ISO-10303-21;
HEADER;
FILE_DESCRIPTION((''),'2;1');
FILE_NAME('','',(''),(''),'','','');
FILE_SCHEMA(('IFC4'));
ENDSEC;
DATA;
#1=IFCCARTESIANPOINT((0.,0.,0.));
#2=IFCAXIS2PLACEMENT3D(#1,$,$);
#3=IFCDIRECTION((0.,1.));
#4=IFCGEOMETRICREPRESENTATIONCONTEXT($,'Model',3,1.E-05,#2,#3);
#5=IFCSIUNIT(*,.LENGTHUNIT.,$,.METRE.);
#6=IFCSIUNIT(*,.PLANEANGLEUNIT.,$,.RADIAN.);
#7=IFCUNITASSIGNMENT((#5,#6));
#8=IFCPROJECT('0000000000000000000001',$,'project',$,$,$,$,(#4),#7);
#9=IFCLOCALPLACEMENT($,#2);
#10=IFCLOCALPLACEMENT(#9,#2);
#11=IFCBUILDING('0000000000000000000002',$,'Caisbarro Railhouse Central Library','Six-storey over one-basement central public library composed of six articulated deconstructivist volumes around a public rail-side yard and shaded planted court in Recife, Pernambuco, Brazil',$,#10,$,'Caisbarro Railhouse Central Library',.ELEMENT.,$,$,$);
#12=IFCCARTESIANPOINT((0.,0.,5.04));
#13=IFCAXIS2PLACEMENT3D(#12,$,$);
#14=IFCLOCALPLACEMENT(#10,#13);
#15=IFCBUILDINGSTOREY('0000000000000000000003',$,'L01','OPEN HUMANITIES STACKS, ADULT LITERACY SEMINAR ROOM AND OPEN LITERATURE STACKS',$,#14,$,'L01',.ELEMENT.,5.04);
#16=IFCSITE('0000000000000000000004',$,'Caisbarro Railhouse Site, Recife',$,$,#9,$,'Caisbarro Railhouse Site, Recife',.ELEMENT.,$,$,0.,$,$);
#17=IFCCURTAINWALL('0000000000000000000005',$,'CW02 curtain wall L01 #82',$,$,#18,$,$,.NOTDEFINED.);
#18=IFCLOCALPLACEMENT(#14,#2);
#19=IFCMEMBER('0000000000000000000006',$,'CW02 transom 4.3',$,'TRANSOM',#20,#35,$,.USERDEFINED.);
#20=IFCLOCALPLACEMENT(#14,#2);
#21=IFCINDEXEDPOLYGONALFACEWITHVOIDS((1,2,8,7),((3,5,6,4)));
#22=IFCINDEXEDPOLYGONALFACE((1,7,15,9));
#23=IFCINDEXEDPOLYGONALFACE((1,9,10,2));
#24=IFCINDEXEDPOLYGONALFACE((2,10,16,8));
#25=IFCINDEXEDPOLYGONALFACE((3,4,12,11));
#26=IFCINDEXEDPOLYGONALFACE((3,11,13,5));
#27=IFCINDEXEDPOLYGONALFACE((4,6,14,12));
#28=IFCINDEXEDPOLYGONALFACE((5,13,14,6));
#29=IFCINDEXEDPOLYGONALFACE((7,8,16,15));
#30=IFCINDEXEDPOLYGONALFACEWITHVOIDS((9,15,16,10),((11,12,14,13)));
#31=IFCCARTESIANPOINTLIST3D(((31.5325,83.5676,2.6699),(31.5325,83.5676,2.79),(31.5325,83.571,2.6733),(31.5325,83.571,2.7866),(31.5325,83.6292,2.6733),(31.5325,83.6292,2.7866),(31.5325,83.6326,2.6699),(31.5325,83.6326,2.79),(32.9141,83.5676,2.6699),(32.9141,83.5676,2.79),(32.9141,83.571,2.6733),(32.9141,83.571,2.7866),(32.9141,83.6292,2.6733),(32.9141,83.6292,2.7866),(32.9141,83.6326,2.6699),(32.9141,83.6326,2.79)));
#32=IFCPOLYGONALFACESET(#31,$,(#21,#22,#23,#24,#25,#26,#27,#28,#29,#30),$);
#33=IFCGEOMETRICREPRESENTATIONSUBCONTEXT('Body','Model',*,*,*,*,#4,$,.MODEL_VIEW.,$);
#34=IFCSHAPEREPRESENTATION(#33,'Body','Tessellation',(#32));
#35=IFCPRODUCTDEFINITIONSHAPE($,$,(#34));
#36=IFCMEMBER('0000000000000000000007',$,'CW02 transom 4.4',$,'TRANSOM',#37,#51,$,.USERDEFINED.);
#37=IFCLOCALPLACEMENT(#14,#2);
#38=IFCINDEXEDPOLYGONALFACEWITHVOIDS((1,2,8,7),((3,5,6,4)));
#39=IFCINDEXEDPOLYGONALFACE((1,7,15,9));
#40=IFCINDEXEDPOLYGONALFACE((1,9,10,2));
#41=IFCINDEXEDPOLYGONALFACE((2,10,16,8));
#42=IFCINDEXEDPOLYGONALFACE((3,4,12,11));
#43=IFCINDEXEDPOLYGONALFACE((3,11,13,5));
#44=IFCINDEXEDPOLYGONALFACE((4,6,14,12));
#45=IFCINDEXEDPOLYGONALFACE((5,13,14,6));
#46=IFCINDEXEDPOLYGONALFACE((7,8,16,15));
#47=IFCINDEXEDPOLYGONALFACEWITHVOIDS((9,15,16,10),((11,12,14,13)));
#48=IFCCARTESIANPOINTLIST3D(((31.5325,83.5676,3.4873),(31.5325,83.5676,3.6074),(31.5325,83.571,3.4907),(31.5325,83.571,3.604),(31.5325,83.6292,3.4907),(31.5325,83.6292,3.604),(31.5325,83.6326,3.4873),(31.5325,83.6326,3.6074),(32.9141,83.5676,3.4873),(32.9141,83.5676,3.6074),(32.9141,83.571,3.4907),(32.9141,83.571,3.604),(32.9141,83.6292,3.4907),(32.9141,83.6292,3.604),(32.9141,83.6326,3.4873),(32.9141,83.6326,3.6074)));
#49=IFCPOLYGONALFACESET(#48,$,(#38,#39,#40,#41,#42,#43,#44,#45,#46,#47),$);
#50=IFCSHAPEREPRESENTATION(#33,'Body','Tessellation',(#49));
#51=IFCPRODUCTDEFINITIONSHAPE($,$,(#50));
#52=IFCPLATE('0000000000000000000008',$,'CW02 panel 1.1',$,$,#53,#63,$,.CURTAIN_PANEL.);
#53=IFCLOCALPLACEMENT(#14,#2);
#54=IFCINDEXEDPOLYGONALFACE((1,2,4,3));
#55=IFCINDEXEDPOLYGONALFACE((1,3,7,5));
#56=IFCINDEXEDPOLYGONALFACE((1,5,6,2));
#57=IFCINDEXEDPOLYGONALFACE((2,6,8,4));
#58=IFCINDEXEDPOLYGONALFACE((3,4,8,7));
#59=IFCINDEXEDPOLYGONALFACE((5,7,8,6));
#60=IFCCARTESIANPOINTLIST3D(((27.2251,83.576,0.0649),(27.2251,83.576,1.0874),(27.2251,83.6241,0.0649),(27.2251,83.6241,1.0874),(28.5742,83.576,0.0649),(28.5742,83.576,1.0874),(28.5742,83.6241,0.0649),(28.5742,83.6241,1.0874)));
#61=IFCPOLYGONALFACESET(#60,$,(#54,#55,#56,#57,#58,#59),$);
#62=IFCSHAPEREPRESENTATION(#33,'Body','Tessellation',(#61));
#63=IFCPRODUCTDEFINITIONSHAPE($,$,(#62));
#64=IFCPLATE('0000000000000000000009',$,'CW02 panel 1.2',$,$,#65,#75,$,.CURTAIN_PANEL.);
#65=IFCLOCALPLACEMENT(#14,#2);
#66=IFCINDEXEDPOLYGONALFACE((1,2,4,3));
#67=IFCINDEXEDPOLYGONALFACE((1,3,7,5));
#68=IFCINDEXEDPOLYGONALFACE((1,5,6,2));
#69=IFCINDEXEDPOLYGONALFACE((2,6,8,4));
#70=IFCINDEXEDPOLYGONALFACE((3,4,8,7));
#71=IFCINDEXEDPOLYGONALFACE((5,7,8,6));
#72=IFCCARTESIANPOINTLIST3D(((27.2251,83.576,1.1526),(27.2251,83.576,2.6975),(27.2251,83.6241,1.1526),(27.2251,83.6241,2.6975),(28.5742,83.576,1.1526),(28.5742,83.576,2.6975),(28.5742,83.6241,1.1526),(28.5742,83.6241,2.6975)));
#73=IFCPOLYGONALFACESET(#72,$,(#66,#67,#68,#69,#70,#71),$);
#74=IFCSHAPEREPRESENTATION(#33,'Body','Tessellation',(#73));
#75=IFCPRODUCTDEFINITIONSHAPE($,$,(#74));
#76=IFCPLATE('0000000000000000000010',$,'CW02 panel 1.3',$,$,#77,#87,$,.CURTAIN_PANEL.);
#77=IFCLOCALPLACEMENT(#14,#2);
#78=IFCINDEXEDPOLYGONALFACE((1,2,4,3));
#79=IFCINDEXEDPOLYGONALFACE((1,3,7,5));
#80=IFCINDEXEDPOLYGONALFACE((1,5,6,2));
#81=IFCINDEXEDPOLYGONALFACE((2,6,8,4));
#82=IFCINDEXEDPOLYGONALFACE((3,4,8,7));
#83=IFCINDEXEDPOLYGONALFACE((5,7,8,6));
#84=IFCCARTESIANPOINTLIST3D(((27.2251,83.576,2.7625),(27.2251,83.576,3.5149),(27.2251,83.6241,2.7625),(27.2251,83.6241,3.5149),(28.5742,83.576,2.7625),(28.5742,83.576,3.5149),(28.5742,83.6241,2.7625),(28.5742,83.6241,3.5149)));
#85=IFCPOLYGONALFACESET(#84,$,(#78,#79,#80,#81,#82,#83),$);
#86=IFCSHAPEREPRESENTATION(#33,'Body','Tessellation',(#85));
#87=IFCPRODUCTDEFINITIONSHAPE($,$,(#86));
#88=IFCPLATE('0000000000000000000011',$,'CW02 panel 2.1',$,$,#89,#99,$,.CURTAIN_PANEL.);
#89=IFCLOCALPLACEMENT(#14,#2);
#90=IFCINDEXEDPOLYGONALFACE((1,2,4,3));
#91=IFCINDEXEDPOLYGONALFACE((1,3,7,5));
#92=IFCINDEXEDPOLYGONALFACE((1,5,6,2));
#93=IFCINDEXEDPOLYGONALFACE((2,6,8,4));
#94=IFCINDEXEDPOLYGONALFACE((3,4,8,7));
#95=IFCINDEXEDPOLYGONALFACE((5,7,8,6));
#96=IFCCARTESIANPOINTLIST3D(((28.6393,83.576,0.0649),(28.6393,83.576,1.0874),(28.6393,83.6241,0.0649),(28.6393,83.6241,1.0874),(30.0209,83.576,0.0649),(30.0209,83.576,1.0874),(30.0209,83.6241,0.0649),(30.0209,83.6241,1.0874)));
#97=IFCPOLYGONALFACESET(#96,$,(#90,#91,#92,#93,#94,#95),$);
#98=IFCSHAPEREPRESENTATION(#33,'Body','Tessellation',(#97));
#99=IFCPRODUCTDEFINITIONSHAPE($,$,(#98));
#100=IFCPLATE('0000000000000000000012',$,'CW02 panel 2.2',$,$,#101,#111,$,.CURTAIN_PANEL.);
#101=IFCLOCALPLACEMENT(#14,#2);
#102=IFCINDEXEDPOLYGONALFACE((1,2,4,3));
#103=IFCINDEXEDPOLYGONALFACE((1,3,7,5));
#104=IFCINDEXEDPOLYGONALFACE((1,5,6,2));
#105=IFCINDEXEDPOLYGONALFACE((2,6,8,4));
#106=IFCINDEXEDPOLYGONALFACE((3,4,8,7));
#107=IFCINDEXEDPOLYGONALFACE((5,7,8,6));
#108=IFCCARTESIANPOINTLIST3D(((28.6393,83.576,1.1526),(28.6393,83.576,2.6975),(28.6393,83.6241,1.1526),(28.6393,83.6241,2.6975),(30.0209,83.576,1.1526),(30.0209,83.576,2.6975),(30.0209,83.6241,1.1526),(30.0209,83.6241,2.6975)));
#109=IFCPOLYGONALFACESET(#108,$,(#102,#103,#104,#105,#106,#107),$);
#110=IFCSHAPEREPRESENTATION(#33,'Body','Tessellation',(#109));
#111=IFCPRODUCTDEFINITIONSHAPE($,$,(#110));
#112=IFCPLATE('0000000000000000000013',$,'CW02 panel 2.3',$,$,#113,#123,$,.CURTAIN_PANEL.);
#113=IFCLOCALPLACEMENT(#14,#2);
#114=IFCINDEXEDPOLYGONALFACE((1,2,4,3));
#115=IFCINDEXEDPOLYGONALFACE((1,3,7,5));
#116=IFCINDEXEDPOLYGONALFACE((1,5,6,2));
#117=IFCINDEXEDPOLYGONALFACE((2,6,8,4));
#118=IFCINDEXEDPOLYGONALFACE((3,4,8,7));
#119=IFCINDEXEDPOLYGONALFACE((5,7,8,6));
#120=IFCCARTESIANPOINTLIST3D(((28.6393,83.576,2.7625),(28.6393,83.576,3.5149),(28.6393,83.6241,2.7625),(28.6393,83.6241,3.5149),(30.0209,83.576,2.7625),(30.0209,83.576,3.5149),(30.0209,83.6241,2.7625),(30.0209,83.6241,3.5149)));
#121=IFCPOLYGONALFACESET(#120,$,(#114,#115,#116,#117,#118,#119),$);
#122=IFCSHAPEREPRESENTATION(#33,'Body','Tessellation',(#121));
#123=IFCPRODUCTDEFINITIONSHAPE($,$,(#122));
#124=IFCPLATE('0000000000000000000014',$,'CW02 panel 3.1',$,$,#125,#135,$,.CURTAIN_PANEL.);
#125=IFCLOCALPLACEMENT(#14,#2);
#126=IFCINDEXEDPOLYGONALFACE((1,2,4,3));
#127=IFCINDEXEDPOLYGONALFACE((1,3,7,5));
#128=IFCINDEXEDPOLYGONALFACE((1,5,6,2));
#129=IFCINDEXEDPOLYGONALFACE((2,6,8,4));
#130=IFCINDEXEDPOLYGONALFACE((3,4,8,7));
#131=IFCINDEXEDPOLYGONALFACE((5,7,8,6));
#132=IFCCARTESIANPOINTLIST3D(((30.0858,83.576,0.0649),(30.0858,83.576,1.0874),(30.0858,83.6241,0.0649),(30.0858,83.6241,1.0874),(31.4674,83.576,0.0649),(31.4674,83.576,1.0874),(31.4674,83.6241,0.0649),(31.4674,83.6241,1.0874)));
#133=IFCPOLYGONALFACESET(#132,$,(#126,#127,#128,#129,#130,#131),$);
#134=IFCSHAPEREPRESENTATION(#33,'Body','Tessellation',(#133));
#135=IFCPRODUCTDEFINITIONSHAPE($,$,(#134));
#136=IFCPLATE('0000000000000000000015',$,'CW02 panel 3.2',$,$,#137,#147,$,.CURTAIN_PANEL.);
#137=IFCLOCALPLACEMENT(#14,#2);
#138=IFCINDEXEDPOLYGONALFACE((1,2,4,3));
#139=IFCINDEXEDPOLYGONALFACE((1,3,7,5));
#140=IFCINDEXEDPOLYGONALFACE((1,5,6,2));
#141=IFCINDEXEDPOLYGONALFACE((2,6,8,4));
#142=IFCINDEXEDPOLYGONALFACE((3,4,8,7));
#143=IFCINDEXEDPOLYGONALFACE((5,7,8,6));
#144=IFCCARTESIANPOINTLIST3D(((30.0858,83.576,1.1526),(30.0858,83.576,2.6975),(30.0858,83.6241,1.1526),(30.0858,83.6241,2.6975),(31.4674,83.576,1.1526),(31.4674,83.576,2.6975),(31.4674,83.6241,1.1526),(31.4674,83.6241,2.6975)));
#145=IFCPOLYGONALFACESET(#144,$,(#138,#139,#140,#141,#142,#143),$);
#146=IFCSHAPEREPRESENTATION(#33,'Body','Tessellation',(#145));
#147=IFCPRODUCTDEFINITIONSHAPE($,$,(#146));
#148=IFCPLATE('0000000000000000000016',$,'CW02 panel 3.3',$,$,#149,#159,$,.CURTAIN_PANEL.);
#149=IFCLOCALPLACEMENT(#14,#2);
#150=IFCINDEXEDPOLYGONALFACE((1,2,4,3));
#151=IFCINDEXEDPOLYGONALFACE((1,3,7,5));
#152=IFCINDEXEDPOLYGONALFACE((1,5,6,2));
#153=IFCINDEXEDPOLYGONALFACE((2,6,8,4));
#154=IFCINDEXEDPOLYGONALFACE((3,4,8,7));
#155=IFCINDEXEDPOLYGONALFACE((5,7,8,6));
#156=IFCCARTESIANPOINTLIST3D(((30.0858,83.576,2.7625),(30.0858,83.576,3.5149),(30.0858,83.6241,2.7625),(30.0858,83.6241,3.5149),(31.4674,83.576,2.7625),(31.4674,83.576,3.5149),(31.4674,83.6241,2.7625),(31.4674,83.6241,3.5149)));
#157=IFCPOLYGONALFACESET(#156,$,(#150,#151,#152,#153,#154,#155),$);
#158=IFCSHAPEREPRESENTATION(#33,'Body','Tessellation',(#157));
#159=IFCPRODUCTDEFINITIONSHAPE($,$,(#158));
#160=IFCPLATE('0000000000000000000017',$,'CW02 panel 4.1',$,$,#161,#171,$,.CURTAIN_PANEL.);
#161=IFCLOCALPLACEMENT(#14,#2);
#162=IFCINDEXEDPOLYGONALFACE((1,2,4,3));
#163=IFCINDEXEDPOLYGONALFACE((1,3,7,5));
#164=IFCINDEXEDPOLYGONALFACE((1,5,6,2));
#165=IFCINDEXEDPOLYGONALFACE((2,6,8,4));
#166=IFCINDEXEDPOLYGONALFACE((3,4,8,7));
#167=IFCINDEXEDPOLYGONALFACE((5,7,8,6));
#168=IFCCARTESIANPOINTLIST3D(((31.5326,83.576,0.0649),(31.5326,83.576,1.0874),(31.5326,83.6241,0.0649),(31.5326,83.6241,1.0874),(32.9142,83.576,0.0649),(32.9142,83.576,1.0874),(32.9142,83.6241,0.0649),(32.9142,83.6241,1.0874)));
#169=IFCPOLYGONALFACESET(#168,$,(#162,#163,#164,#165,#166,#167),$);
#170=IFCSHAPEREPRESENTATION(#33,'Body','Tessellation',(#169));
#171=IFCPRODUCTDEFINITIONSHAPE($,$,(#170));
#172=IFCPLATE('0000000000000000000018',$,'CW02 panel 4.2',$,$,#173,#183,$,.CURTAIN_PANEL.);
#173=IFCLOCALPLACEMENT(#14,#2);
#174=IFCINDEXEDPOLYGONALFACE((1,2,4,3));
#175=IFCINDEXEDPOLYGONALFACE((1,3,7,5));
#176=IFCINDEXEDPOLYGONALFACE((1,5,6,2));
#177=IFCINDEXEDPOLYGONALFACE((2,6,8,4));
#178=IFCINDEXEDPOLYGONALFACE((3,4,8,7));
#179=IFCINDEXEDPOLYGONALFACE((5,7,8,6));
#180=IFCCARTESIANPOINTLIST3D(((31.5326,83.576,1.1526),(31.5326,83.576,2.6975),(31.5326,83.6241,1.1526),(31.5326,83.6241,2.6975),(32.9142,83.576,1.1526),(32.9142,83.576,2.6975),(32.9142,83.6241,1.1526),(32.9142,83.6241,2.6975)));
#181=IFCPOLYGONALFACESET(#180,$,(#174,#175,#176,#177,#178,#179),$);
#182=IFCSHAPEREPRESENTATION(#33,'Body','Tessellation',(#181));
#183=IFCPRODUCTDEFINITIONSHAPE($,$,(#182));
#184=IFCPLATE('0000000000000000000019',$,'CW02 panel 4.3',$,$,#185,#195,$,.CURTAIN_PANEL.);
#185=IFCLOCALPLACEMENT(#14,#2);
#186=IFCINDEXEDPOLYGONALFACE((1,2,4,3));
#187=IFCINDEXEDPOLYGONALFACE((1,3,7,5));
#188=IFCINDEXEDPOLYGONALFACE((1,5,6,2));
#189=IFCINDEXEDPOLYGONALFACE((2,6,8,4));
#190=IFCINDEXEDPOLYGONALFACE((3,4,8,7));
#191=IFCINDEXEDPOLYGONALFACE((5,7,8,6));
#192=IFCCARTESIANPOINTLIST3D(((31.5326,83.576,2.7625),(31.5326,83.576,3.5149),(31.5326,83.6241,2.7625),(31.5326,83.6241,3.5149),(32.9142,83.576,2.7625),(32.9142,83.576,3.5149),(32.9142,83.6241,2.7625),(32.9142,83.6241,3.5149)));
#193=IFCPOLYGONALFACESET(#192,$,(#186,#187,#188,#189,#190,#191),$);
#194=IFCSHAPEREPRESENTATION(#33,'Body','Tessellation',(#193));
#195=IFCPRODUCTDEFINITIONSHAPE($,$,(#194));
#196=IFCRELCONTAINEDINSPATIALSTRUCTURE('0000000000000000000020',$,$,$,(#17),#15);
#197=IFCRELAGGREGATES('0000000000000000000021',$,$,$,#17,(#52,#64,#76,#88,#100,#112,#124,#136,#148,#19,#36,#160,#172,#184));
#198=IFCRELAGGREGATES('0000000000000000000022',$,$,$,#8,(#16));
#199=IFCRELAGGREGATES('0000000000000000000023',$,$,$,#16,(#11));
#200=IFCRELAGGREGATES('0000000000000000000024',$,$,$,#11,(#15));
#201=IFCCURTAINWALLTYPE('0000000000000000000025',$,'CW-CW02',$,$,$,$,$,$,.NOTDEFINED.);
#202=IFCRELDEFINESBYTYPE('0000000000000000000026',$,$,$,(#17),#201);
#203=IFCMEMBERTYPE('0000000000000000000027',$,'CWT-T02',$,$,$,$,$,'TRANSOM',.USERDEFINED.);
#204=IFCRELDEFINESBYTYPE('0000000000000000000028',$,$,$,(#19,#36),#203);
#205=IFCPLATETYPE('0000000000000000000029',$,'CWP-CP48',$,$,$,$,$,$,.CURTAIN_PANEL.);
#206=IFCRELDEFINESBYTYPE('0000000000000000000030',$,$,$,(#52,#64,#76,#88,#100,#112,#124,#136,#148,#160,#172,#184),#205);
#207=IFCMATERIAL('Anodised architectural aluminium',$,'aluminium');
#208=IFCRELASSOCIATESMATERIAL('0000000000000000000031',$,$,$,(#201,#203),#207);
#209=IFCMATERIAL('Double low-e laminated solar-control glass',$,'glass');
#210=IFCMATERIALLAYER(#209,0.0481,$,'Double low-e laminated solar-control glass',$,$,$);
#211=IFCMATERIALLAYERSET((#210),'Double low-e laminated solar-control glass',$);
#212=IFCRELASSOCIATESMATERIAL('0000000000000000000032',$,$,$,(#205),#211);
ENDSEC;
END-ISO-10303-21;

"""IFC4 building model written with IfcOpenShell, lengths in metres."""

from ifc_helpers import new_model, si_unit, direction, frame, origin, origin_2d, place, context, subcontext, project, spatial, rectangle, hollow_rectangle, extrude, material, layer, layer_set, material_profile, profile_set, type_object, element, aggregate, save


model = new_model("IFC4")

# Units and contexts
model_context = context("Model", 3, precision=1e-05, world=origin(), true_north=direction((0.0, 1.0)))
body_context = subcontext(model_context, "Body", "Model", "MODEL_VIEW")
ifc_project = project(units=[si_unit("LENGTHUNIT", "METRE"), si_unit("PLANEANGLEUNIT", "RADIAN")], contexts=[model_context])

# Site, building, storey
site_placement = place(None, origin())
site = spatial("IfcSite", under=ifc_project, at=site_placement, Name="Caisbarro Railhouse Site, Recife", LongName="Caisbarro Railhouse Site, Recife", CompositionType="ELEMENT", RefElevation=0.0)
building_placement = place(site_placement, origin())
building = spatial("IfcBuilding", under=site, at=building_placement, Name="Caisbarro Railhouse Central Library", Description="Six-storey over one-basement central public library composed of six articulated deconstructivist volumes around a public rail-side yard and shaded planted court in Recife, Pernambuco, Brazil", LongName="Caisbarro Railhouse Central Library", CompositionType="ELEMENT")
storey_placement = place(building_placement, frame((0.0, 0.0, 5.04)))
storey = spatial("IfcBuildingStorey", under=building, at=storey_placement, Name="L01", Description="OPEN HUMANITIES STACKS, ADULT LITERACY SEMINAR ROOM AND OPEN LITERATURE STACKS", LongName="L01", CompositionType="ELEMENT", Elevation=5.04)

# Curtain wall, members, plates
ifc_material_1 = material(Name="Anodised architectural aluminium", Category="aluminium")
curtain_wall_type = type_object("IfcCurtainWallType", Name="CW-CW02", PredefinedType="NOTDEFINED", material=ifc_material_1)
curtain_wall_placement = place(storey_placement, origin())
curtain_wall = element("IfcCurtainWall", 1, at=curtain_wall_placement, inside=storey, type_object=curtain_wall_type, Name="CW02 curtain wall L01 #82", PredefinedType="NOTDEFINED")
ifc_material_profile_1 = material_profile(ifc_material_1, hollow_rectangle(XDim=0.0649, YDim=0.1201, WallThickness=0.0034, at=origin_2d()), Name="ALU-TRN-65X120")
ifc_profile_set_1 = profile_set([ifc_material_profile_1], Name="Anodised architectural aluminium")
member_type_1 = type_object("IfcMemberType", Name="CWT-T02", ElementType="TRANSOM", PredefinedType="USERDEFINED", material=ifc_profile_set_1)
member_1_placement = place(storey_placement, frame((31.5325, 83.6001, 2.73), z_axis=(1.0, 0.0, 0.0), x_axis=(0.0, 1.0, 0.0)))
member_1 = element("IfcMember", 2, at=member_1_placement, type_object=member_type_1, Name="CW02 transom 4.3", ObjectType="TRANSOM", PredefinedType="USERDEFINED", context=body_context, shape_type="SweptSolid", body=[
    extrude(hollow_rectangle(XDim=0.0649, YDim=0.1201, WallThickness=0.0034, at=origin_2d()), origin(), (0.0, 0.0, 1.0), 1.3816),
])
member_2_placement = place(storey_placement, frame((31.5325, 83.6001, 3.5474), z_axis=(1.0, 0.0, 0.0), x_axis=(0.0, 1.0, 0.0)))
member_2 = element("IfcMember", 3, at=member_2_placement, type_object=member_type_1, Name="CW02 transom 4.4", ObjectType="TRANSOM", PredefinedType="USERDEFINED", context=body_context, shape_type="SweptSolid", body=[
    extrude(hollow_rectangle(XDim=0.0649, YDim=0.1201, WallThickness=0.0034, at=origin_2d()), origin(), (0.0, 0.0, 1.0), 1.3816),
])
ifc_material_2 = material(Name="Double low-e laminated solar-control glass", Category="glass")
ifc_layer = layer(ifc_material_2, 0.0481, Name="Double low-e laminated solar-control glass")
ifc_layer_set = layer_set([ifc_layer], Name="Double low-e laminated solar-control glass")
plate_type = type_object("IfcPlateType", Name="CWP-CP48", PredefinedType="CURTAIN_PANEL", material=ifc_layer_set)
plate_1_placement = place(storey_placement, frame((27.8997, 83.6001, 0.0649), z_axis=(0.0, 0.0, 1.0), x_axis=(1.0, 0.0, 0.0)))
plate_1 = element("IfcPlate", 4, at=plate_1_placement, type_object=plate_type, Name="CW02 panel 1.1", PredefinedType="CURTAIN_PANEL", context=body_context, shape_type="SweptSolid", body=[
    extrude(rectangle(XDim=1.3491, YDim=0.0481, at=origin_2d()), origin(), (0.0, 0.0, 1.0), 1.0225),
])
plate_2_placement = place(storey_placement, frame((27.8997, 83.6001, 1.1526), z_axis=(0.0, 0.0, 1.0), x_axis=(1.0, 0.0, 0.0)))
plate_2 = element("IfcPlate", 5, at=plate_2_placement, type_object=plate_type, Name="CW02 panel 1.2", PredefinedType="CURTAIN_PANEL", context=body_context, shape_type="SweptSolid", body=[
    extrude(rectangle(XDim=1.3491, YDim=0.0481, at=origin_2d()), origin(), (0.0, 0.0, 1.0), 1.5449),
])
plate_3_placement = place(storey_placement, frame((27.8997, 83.6001, 2.7625), z_axis=(0.0, 0.0, 1.0), x_axis=(1.0, 0.0, 0.0)))
plate_3 = element("IfcPlate", 6, at=plate_3_placement, type_object=plate_type, Name="CW02 panel 1.3", PredefinedType="CURTAIN_PANEL", context=body_context, shape_type="SweptSolid", body=[
    extrude(rectangle(XDim=1.3491, YDim=0.0481, at=origin_2d()), origin(), (0.0, 0.0, 1.0), 0.7524),
])
plate_4_placement = place(storey_placement, frame((29.3301, 83.6001, 0.0649), z_axis=(0.0, 0.0, 1.0), x_axis=(1.0, 0.0, 0.0)))
plate_4 = element("IfcPlate", 7, at=plate_4_placement, type_object=plate_type, Name="CW02 panel 2.1", PredefinedType="CURTAIN_PANEL", context=body_context, shape_type="SweptSolid", body=[
    extrude(rectangle(XDim=1.3816, YDim=0.0481, at=origin_2d()), origin(), (0.0, 0.0, 1.0), 1.0225),
])
plate_5_placement = place(storey_placement, frame((29.3301, 83.6001, 1.1526), z_axis=(0.0, 0.0, 1.0), x_axis=(1.0, 0.0, 0.0)))
plate_5 = element("IfcPlate", 8, at=plate_5_placement, type_object=plate_type, Name="CW02 panel 2.2", PredefinedType="CURTAIN_PANEL", context=body_context, shape_type="SweptSolid", body=[
    extrude(rectangle(XDim=1.3816, YDim=0.0481, at=origin_2d()), origin(), (0.0, 0.0, 1.0), 1.5449),
])
plate_6_placement = place(storey_placement, frame((29.3301, 83.6001, 2.7625), z_axis=(0.0, 0.0, 1.0), x_axis=(1.0, 0.0, 0.0)))
plate_6 = element("IfcPlate", 9, at=plate_6_placement, type_object=plate_type, Name="CW02 panel 2.3", PredefinedType="CURTAIN_PANEL", context=body_context, shape_type="SweptSolid", body=[
    extrude(rectangle(XDim=1.3816, YDim=0.0481, at=origin_2d()), origin(), (0.0, 0.0, 1.0), 0.7524),
])
plate_7_placement = place(storey_placement, frame((30.7766, 83.6001, 0.0649), z_axis=(0.0, 0.0, 1.0), x_axis=(1.0, 0.0, 0.0)))
plate_7 = element("IfcPlate", 10, at=plate_7_placement, type_object=plate_type, Name="CW02 panel 3.1", PredefinedType="CURTAIN_PANEL", context=body_context, shape_type="SweptSolid", body=[
    extrude(rectangle(XDim=1.3816, YDim=0.0481, at=origin_2d()), origin(), (0.0, 0.0, 1.0), 1.0225),
])
plate_8_placement = place(storey_placement, frame((30.7766, 83.6001, 1.1526), z_axis=(0.0, 0.0, 1.0), x_axis=(1.0, 0.0, 0.0)))
plate_8 = element("IfcPlate", 11, at=plate_8_placement, type_object=plate_type, Name="CW02 panel 3.2", PredefinedType="CURTAIN_PANEL", context=body_context, shape_type="SweptSolid", body=[
    extrude(rectangle(XDim=1.3816, YDim=0.0481, at=origin_2d()), origin(), (0.0, 0.0, 1.0), 1.5449),
])
plate_9_placement = place(storey_placement, frame((30.7766, 83.6001, 2.7625), z_axis=(0.0, 0.0, 1.0), x_axis=(1.0, 0.0, 0.0)))
plate_9 = element("IfcPlate", 12, at=plate_9_placement, type_object=plate_type, Name="CW02 panel 3.3", PredefinedType="CURTAIN_PANEL", context=body_context, shape_type="SweptSolid", body=[
    extrude(rectangle(XDim=1.3816, YDim=0.0481, at=origin_2d()), origin(), (0.0, 0.0, 1.0), 0.7524),
])
plate_10_placement = place(storey_placement, frame((32.2234, 83.6001, 0.0649), z_axis=(0.0, 0.0, 1.0), x_axis=(1.0, 0.0, 0.0)))
plate_10 = element("IfcPlate", 13, at=plate_10_placement, type_object=plate_type, Name="CW02 panel 4.1", PredefinedType="CURTAIN_PANEL", context=body_context, shape_type="SweptSolid", body=[
    extrude(rectangle(XDim=1.3816, YDim=0.0481, at=origin_2d()), origin(), (0.0, 0.0, 1.0), 1.0225),
])
plate_11_placement = place(storey_placement, frame((32.2234, 83.6001, 1.1526), z_axis=(0.0, 0.0, 1.0), x_axis=(1.0, 0.0, 0.0)))
plate_11 = element("IfcPlate", 14, at=plate_11_placement, type_object=plate_type, Name="CW02 panel 4.2", PredefinedType="CURTAIN_PANEL", context=body_context, shape_type="SweptSolid", body=[
    extrude(rectangle(XDim=1.3816, YDim=0.0481, at=origin_2d()), origin(), (0.0, 0.0, 1.0), 1.5449),
])
plate_12_placement = place(storey_placement, frame((32.2234, 83.6001, 2.7625), z_axis=(0.0, 0.0, 1.0), x_axis=(1.0, 0.0, 0.0)))
plate_12 = element("IfcPlate", 15, at=plate_12_placement, type_object=plate_type, Name="CW02 panel 4.3", PredefinedType="CURTAIN_PANEL", context=body_context, shape_type="SweptSolid", body=[
    extrude(rectangle(XDim=1.3816, YDim=0.0481, at=origin_2d()), origin(), (0.0, 0.0, 1.0), 0.7524),
])
aggregate(curtain_wall, [plate_1, plate_2, plate_3, plate_4, plate_5, plate_6, plate_7, plate_8, plate_9, member_1, member_2, plate_10, plate_11, plate_12])

save(model, "model.ifc")
